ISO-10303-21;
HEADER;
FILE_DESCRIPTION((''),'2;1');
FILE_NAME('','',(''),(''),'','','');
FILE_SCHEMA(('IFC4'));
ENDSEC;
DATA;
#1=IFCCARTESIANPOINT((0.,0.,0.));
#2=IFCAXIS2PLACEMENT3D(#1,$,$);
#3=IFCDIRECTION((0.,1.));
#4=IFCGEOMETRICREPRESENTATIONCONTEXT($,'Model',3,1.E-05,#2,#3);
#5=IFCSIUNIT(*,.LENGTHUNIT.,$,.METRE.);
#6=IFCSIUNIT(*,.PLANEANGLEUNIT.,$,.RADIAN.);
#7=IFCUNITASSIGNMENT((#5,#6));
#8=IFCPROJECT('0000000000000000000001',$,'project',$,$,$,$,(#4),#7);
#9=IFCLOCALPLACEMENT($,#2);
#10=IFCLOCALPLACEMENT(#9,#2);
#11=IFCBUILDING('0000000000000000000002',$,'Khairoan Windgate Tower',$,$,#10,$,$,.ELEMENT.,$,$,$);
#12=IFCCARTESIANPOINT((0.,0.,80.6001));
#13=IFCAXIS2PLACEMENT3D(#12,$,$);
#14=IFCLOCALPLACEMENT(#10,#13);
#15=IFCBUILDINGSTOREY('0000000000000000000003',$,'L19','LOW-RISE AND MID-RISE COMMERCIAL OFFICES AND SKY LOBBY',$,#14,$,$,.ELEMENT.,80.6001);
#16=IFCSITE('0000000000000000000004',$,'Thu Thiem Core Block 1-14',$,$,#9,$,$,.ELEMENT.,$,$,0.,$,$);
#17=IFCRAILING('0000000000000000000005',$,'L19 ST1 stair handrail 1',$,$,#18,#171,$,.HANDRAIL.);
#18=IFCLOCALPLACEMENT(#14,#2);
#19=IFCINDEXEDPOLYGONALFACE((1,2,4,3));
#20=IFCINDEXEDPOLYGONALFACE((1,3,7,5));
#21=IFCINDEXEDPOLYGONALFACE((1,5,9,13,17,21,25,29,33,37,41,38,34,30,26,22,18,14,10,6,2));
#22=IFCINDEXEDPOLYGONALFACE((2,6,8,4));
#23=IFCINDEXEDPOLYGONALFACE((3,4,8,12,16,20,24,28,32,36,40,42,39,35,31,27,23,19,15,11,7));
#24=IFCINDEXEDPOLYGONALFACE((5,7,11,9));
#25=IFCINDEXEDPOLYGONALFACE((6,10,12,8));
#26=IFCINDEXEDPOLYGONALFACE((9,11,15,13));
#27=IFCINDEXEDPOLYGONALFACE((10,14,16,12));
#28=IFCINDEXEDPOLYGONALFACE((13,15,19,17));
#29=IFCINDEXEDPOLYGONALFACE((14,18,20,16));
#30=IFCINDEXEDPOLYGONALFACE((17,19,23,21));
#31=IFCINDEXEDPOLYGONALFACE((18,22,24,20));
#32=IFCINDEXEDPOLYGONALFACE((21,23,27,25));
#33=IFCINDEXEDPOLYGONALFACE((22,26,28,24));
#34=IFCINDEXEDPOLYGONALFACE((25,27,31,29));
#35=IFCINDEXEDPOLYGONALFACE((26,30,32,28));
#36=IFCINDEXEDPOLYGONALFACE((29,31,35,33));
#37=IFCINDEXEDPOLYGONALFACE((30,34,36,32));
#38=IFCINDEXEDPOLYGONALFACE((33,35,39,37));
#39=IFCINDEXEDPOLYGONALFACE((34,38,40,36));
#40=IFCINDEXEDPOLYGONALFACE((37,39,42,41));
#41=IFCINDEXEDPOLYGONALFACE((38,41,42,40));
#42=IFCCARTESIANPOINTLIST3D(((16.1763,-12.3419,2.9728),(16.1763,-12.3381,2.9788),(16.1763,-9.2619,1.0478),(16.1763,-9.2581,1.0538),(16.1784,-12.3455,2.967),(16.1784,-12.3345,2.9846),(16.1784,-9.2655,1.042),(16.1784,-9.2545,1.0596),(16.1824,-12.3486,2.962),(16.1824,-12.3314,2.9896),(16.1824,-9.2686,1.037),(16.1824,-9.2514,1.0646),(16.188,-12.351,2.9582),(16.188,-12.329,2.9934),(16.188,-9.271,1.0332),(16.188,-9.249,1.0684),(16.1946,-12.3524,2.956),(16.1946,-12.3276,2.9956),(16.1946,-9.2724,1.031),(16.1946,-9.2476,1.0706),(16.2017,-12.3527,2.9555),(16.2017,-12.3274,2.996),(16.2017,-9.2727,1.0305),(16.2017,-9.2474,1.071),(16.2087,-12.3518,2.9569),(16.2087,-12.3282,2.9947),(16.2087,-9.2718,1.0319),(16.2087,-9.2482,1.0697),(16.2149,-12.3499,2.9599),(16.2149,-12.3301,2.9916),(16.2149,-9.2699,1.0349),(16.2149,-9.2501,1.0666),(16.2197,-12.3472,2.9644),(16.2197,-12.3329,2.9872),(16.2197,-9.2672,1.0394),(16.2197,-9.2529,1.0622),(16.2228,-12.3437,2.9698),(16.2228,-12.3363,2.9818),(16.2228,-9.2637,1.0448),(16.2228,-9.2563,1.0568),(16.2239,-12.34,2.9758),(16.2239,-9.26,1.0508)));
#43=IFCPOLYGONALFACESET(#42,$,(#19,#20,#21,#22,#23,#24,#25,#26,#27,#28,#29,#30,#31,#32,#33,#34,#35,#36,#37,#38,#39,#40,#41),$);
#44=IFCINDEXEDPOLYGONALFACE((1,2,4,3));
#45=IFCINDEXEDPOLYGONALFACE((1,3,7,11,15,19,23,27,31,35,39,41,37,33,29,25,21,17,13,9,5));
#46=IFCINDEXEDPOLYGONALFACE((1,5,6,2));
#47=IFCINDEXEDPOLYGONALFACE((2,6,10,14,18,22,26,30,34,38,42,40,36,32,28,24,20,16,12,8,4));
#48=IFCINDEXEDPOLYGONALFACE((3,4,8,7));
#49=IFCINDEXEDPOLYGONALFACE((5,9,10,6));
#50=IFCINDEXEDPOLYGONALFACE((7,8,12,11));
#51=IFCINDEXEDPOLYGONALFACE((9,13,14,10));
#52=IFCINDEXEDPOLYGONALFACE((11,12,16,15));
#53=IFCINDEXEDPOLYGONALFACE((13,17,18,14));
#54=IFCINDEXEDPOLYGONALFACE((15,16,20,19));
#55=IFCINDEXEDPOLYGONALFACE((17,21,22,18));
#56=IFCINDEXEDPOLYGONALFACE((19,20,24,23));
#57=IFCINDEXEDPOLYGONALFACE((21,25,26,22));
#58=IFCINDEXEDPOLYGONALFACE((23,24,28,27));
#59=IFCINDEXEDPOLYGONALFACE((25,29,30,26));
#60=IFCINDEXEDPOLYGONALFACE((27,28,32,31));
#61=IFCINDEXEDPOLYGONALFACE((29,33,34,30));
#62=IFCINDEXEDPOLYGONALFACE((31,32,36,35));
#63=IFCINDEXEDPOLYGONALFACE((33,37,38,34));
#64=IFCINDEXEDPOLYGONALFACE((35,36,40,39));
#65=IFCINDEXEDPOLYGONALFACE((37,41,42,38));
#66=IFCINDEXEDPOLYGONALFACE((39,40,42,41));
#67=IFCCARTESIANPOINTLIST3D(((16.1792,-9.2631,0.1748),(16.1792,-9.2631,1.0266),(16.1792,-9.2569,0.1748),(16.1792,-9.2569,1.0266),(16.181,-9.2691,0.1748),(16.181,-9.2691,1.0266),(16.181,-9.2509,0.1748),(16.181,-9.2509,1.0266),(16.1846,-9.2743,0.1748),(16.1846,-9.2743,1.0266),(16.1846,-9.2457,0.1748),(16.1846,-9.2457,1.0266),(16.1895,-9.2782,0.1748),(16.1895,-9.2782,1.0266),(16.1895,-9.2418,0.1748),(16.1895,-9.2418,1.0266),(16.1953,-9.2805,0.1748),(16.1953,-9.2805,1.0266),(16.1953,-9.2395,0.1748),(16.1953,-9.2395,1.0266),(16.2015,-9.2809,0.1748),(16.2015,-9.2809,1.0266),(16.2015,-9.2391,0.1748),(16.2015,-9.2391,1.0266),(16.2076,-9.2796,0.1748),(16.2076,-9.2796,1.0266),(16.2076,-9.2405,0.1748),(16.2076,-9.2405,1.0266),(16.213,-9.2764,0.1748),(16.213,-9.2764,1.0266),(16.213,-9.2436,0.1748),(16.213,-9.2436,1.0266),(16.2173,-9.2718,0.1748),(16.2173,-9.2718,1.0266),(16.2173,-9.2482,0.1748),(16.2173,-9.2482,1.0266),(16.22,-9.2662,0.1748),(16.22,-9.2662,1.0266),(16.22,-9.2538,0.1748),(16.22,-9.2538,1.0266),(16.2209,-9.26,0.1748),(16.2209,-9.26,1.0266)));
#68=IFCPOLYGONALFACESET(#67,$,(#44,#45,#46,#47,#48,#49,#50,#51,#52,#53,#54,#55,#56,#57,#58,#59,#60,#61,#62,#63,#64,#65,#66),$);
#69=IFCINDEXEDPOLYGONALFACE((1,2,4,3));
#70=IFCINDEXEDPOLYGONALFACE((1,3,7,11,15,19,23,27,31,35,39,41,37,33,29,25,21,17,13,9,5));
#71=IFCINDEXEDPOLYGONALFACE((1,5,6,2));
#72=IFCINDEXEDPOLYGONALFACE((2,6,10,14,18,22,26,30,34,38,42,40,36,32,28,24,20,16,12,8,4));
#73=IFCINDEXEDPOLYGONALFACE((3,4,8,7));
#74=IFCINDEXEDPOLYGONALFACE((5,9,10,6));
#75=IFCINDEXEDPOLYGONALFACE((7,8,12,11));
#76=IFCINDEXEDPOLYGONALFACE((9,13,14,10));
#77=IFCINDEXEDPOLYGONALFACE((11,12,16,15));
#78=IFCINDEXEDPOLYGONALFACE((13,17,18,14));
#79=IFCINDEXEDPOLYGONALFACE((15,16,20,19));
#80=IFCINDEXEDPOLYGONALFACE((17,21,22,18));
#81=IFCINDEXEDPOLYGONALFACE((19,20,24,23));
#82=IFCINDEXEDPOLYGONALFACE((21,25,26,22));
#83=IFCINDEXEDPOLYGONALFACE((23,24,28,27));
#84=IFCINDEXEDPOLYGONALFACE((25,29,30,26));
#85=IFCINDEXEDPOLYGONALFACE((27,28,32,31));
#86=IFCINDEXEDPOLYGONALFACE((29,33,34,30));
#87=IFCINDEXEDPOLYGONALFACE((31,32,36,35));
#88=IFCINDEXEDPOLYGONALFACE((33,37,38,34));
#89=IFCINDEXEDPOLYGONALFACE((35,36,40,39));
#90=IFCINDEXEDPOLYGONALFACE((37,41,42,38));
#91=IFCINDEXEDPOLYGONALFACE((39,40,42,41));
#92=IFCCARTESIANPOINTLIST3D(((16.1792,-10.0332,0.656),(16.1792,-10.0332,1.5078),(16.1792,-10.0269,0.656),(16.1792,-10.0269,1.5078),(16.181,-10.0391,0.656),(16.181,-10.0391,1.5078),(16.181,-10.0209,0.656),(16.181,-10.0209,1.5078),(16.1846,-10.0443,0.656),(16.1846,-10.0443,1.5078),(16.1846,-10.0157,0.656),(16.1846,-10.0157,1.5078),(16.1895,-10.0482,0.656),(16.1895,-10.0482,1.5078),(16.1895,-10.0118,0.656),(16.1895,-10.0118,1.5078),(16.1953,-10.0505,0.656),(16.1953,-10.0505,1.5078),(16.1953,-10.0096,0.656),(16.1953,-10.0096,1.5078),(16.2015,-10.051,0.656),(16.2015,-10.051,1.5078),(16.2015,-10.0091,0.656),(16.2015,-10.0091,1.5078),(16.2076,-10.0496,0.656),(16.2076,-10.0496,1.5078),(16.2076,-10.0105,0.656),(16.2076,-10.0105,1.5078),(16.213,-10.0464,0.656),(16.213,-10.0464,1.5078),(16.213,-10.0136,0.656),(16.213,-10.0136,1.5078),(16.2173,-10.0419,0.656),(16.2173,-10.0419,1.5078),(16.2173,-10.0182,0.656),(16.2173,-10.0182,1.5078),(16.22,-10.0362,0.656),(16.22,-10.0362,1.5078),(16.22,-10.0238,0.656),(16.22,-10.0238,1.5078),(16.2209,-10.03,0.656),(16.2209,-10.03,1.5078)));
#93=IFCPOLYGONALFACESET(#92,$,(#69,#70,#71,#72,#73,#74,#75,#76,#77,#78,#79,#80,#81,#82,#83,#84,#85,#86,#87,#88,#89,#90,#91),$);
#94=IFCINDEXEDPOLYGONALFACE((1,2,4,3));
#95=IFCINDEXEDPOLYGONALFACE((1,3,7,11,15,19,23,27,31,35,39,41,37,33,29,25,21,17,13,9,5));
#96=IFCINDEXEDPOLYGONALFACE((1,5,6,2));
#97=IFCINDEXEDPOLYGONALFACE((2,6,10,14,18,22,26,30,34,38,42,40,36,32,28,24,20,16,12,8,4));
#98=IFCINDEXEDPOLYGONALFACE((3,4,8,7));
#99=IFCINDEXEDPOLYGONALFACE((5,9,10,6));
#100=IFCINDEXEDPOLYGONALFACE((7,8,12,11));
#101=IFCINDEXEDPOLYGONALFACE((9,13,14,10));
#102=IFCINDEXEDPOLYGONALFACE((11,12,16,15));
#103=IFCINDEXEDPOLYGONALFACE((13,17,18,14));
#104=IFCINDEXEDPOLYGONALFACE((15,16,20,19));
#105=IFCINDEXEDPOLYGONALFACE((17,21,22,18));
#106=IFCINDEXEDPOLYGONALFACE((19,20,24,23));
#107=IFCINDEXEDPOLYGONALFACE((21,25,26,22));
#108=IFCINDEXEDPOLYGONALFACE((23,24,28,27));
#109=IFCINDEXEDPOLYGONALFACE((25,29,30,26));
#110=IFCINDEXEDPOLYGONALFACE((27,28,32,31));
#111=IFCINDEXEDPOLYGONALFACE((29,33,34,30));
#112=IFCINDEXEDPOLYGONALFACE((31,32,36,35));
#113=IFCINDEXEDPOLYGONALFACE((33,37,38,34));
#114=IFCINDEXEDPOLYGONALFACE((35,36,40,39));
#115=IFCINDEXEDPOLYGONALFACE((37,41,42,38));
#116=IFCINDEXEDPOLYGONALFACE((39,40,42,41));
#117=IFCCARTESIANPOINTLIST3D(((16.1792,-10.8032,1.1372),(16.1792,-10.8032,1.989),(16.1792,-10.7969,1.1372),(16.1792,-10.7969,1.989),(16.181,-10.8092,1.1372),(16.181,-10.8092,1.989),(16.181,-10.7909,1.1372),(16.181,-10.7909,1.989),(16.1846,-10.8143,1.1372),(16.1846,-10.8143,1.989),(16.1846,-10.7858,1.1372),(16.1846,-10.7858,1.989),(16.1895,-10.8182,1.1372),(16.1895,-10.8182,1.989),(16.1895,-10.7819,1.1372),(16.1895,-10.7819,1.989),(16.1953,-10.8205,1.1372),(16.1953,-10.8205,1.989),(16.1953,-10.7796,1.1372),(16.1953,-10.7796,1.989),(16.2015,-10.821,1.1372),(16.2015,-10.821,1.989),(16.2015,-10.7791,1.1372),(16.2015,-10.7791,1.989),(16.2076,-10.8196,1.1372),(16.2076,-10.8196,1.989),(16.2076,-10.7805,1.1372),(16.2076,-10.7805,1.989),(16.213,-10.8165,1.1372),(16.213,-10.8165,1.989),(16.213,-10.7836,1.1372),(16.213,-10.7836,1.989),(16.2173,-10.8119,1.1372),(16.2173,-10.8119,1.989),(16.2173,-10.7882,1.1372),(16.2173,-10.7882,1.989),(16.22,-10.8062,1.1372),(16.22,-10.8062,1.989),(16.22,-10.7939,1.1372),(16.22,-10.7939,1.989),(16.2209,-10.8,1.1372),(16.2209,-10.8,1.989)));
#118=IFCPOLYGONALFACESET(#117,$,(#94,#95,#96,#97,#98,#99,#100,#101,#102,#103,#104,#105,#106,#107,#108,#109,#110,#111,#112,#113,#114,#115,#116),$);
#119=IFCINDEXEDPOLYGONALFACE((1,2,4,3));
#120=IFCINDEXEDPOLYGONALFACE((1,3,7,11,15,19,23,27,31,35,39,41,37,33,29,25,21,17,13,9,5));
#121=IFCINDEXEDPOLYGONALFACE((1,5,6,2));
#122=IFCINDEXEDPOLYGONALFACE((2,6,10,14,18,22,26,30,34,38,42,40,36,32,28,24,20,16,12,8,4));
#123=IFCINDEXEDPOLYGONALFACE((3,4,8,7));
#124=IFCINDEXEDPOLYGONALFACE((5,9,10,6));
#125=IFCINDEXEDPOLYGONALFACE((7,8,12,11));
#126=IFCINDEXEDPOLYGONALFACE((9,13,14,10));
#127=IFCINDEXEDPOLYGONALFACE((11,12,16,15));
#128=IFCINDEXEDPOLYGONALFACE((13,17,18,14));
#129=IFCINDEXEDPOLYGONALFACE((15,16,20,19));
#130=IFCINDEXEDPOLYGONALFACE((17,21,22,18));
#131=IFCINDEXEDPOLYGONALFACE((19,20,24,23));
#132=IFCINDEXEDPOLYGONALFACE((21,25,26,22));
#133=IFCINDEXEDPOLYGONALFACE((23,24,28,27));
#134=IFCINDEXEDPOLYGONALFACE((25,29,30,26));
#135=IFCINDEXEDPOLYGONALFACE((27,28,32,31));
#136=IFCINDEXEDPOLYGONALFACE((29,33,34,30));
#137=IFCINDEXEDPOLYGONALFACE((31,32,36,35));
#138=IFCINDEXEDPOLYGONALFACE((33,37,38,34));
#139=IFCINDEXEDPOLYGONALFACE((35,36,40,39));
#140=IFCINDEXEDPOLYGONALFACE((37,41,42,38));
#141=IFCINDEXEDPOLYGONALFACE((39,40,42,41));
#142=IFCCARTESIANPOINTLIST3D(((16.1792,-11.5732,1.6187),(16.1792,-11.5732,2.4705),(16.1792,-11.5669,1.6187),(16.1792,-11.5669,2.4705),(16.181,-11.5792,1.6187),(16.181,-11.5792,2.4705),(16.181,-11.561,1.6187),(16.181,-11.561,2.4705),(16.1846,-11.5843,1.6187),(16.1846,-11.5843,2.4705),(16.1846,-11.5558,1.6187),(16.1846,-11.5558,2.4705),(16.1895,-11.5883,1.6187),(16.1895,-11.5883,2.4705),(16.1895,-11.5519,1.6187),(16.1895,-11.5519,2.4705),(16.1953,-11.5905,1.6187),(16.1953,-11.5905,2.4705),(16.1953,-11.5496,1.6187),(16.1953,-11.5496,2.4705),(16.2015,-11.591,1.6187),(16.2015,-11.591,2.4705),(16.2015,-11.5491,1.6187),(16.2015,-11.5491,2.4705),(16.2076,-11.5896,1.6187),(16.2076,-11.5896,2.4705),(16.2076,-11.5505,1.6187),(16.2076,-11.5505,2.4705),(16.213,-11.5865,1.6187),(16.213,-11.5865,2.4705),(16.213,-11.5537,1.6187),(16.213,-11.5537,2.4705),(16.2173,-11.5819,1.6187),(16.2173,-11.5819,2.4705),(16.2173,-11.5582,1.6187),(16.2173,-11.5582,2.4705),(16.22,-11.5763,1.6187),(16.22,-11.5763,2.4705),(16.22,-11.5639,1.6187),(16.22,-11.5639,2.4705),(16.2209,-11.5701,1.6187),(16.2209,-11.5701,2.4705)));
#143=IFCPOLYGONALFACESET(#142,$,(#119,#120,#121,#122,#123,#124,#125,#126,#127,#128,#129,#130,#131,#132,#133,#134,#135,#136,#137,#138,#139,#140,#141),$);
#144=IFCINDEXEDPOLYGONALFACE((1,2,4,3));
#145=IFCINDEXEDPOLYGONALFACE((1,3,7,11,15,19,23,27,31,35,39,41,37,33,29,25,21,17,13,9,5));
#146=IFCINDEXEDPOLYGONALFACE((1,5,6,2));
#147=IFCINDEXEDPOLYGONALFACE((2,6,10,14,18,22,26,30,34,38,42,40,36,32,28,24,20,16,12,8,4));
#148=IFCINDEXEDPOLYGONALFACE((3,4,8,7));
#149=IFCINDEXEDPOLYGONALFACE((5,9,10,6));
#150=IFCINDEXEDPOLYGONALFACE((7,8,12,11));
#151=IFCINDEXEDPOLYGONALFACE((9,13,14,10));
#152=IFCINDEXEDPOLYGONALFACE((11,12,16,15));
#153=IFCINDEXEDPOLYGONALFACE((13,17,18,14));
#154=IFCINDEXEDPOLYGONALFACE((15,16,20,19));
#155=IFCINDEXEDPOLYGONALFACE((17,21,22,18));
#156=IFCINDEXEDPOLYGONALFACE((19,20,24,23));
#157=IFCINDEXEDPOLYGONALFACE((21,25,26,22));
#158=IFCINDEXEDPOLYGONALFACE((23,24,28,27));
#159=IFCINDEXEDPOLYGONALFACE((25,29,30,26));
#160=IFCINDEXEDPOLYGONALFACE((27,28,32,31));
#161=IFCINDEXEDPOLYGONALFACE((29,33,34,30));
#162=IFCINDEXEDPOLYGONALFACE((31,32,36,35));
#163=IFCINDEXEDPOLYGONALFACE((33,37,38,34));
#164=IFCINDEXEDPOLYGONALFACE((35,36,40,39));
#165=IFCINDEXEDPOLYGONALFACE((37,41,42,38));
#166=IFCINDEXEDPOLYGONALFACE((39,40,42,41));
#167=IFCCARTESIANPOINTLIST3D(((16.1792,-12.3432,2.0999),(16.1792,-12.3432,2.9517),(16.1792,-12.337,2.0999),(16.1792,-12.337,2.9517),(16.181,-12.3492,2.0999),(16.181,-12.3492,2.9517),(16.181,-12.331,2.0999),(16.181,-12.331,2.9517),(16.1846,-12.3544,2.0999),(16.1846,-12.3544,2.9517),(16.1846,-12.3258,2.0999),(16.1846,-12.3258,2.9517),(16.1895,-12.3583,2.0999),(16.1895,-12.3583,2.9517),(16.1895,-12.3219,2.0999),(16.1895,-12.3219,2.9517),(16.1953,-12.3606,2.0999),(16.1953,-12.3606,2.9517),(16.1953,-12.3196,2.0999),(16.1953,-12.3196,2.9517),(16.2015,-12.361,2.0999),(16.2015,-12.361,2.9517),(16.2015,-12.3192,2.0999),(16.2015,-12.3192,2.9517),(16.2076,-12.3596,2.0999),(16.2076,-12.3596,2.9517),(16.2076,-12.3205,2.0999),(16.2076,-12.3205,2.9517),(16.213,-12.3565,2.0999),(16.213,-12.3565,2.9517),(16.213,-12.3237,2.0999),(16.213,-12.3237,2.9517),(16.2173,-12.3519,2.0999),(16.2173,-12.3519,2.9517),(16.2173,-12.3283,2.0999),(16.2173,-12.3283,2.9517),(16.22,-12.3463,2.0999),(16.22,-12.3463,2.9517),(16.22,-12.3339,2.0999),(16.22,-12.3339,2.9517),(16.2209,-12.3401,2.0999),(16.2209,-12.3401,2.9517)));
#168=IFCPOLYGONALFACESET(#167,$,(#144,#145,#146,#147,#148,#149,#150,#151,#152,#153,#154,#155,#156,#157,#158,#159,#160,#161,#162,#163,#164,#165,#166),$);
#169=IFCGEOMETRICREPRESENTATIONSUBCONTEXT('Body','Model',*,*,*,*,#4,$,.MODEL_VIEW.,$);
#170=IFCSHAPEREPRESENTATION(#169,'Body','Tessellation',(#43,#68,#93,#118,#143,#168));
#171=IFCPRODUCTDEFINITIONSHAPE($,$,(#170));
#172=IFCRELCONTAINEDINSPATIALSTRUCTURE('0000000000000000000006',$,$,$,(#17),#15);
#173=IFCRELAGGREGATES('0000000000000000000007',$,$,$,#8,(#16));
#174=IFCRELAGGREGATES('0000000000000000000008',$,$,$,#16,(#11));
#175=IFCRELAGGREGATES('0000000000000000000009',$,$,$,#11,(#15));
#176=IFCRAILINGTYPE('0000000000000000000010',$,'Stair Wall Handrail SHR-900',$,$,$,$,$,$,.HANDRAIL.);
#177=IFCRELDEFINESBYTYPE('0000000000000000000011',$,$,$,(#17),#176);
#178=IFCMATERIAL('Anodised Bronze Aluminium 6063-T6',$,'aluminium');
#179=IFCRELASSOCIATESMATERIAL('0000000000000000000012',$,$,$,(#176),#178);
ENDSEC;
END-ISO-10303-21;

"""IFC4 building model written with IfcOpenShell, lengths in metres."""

from ifc_helpers import new_model, si_unit, direction, frame, origin, origin_2d, place, context, subcontext, project, spatial, circle, extrude, material, type_object, element, save


model = new_model("IFC4")

# Units and contexts
model_context = context("Model", 3, precision=1e-05, world=origin(), true_north=direction((0.0, 1.0)))
body_context = subcontext(model_context, "Body", "Model", "MODEL_VIEW")
ifc_project = project(units=[si_unit("LENGTHUNIT", "METRE"), si_unit("PLANEANGLEUNIT", "RADIAN")], contexts=[model_context])

# Site, building, storey
site_placement = place(None, origin())
site = spatial("IfcSite", under=ifc_project, at=site_placement, Name="Thu Thiem Core Block 1-14", CompositionType="ELEMENT", RefElevation=0.0)
building_placement = place(site_placement, origin())
building = spatial("IfcBuilding", under=site, at=building_placement, Name="Khairoan Windgate Tower", CompositionType="ELEMENT")
storey_placement = place(building_placement, frame((0.0, 0.0, 80.6001)))
storey = spatial("IfcBuildingStorey", under=building, at=storey_placement, Name="L19", Description="LOW-RISE AND MID-RISE COMMERCIAL OFFICES AND SKY LOBBY", CompositionType="ELEMENT", Elevation=80.6001)

# Railing
ifc_material_1 = material(Name="Anodised Bronze Aluminium 6063-T6", Category="aluminium")
railing_type_1 = type_object("IfcRailingType", Name="Stair Wall Handrail SHR-900", PredefinedType="HANDRAIL", material=ifc_material_1)
railing_1_placement = place(storey_placement, frame((16.2, -9.26, 0.1748)))
element("IfcRailing", 1, at=railing_1_placement, inside=storey, type_object=railing_type_1, Name="L19 ST1 stair handrail 1", PredefinedType="HANDRAIL", context=body_context, shape_type="SweptSolid", body=[
    extrude(circle(Radius=0.0239, at=origin_2d()), frame((0.0, 0.0, 0.876), z_axis=(0.0, -0.847998, 0.529999), x_axis=(1.0, 0.0, 0.0)), (0.0, 0.0, 1.0), 3.6321),
    extrude(circle(Radius=0.021, at=origin_2d()), origin(), (0.0, 0.0, 1.0), 0.8518),
    extrude(circle(Radius=0.021, at=origin_2d()), frame((0.0, -0.77, 0.4812)), (0.0, 0.0, 1.0), 0.8518),
    extrude(circle(Radius=0.021, at=origin_2d()), frame((0.0, -1.54, 0.9624)), (0.0, 0.0, 1.0), 0.8518),
    extrude(circle(Radius=0.021, at=origin_2d()), frame((0.0, -2.3101, 1.4438)), (0.0, 0.0, 1.0), 0.8518),
    extrude(circle(Radius=0.021, at=origin_2d()), frame((0.0, -3.0801, 1.925)), (0.0, 0.0, 1.0), 0.8518),
])

save(model, "model.ifc")
